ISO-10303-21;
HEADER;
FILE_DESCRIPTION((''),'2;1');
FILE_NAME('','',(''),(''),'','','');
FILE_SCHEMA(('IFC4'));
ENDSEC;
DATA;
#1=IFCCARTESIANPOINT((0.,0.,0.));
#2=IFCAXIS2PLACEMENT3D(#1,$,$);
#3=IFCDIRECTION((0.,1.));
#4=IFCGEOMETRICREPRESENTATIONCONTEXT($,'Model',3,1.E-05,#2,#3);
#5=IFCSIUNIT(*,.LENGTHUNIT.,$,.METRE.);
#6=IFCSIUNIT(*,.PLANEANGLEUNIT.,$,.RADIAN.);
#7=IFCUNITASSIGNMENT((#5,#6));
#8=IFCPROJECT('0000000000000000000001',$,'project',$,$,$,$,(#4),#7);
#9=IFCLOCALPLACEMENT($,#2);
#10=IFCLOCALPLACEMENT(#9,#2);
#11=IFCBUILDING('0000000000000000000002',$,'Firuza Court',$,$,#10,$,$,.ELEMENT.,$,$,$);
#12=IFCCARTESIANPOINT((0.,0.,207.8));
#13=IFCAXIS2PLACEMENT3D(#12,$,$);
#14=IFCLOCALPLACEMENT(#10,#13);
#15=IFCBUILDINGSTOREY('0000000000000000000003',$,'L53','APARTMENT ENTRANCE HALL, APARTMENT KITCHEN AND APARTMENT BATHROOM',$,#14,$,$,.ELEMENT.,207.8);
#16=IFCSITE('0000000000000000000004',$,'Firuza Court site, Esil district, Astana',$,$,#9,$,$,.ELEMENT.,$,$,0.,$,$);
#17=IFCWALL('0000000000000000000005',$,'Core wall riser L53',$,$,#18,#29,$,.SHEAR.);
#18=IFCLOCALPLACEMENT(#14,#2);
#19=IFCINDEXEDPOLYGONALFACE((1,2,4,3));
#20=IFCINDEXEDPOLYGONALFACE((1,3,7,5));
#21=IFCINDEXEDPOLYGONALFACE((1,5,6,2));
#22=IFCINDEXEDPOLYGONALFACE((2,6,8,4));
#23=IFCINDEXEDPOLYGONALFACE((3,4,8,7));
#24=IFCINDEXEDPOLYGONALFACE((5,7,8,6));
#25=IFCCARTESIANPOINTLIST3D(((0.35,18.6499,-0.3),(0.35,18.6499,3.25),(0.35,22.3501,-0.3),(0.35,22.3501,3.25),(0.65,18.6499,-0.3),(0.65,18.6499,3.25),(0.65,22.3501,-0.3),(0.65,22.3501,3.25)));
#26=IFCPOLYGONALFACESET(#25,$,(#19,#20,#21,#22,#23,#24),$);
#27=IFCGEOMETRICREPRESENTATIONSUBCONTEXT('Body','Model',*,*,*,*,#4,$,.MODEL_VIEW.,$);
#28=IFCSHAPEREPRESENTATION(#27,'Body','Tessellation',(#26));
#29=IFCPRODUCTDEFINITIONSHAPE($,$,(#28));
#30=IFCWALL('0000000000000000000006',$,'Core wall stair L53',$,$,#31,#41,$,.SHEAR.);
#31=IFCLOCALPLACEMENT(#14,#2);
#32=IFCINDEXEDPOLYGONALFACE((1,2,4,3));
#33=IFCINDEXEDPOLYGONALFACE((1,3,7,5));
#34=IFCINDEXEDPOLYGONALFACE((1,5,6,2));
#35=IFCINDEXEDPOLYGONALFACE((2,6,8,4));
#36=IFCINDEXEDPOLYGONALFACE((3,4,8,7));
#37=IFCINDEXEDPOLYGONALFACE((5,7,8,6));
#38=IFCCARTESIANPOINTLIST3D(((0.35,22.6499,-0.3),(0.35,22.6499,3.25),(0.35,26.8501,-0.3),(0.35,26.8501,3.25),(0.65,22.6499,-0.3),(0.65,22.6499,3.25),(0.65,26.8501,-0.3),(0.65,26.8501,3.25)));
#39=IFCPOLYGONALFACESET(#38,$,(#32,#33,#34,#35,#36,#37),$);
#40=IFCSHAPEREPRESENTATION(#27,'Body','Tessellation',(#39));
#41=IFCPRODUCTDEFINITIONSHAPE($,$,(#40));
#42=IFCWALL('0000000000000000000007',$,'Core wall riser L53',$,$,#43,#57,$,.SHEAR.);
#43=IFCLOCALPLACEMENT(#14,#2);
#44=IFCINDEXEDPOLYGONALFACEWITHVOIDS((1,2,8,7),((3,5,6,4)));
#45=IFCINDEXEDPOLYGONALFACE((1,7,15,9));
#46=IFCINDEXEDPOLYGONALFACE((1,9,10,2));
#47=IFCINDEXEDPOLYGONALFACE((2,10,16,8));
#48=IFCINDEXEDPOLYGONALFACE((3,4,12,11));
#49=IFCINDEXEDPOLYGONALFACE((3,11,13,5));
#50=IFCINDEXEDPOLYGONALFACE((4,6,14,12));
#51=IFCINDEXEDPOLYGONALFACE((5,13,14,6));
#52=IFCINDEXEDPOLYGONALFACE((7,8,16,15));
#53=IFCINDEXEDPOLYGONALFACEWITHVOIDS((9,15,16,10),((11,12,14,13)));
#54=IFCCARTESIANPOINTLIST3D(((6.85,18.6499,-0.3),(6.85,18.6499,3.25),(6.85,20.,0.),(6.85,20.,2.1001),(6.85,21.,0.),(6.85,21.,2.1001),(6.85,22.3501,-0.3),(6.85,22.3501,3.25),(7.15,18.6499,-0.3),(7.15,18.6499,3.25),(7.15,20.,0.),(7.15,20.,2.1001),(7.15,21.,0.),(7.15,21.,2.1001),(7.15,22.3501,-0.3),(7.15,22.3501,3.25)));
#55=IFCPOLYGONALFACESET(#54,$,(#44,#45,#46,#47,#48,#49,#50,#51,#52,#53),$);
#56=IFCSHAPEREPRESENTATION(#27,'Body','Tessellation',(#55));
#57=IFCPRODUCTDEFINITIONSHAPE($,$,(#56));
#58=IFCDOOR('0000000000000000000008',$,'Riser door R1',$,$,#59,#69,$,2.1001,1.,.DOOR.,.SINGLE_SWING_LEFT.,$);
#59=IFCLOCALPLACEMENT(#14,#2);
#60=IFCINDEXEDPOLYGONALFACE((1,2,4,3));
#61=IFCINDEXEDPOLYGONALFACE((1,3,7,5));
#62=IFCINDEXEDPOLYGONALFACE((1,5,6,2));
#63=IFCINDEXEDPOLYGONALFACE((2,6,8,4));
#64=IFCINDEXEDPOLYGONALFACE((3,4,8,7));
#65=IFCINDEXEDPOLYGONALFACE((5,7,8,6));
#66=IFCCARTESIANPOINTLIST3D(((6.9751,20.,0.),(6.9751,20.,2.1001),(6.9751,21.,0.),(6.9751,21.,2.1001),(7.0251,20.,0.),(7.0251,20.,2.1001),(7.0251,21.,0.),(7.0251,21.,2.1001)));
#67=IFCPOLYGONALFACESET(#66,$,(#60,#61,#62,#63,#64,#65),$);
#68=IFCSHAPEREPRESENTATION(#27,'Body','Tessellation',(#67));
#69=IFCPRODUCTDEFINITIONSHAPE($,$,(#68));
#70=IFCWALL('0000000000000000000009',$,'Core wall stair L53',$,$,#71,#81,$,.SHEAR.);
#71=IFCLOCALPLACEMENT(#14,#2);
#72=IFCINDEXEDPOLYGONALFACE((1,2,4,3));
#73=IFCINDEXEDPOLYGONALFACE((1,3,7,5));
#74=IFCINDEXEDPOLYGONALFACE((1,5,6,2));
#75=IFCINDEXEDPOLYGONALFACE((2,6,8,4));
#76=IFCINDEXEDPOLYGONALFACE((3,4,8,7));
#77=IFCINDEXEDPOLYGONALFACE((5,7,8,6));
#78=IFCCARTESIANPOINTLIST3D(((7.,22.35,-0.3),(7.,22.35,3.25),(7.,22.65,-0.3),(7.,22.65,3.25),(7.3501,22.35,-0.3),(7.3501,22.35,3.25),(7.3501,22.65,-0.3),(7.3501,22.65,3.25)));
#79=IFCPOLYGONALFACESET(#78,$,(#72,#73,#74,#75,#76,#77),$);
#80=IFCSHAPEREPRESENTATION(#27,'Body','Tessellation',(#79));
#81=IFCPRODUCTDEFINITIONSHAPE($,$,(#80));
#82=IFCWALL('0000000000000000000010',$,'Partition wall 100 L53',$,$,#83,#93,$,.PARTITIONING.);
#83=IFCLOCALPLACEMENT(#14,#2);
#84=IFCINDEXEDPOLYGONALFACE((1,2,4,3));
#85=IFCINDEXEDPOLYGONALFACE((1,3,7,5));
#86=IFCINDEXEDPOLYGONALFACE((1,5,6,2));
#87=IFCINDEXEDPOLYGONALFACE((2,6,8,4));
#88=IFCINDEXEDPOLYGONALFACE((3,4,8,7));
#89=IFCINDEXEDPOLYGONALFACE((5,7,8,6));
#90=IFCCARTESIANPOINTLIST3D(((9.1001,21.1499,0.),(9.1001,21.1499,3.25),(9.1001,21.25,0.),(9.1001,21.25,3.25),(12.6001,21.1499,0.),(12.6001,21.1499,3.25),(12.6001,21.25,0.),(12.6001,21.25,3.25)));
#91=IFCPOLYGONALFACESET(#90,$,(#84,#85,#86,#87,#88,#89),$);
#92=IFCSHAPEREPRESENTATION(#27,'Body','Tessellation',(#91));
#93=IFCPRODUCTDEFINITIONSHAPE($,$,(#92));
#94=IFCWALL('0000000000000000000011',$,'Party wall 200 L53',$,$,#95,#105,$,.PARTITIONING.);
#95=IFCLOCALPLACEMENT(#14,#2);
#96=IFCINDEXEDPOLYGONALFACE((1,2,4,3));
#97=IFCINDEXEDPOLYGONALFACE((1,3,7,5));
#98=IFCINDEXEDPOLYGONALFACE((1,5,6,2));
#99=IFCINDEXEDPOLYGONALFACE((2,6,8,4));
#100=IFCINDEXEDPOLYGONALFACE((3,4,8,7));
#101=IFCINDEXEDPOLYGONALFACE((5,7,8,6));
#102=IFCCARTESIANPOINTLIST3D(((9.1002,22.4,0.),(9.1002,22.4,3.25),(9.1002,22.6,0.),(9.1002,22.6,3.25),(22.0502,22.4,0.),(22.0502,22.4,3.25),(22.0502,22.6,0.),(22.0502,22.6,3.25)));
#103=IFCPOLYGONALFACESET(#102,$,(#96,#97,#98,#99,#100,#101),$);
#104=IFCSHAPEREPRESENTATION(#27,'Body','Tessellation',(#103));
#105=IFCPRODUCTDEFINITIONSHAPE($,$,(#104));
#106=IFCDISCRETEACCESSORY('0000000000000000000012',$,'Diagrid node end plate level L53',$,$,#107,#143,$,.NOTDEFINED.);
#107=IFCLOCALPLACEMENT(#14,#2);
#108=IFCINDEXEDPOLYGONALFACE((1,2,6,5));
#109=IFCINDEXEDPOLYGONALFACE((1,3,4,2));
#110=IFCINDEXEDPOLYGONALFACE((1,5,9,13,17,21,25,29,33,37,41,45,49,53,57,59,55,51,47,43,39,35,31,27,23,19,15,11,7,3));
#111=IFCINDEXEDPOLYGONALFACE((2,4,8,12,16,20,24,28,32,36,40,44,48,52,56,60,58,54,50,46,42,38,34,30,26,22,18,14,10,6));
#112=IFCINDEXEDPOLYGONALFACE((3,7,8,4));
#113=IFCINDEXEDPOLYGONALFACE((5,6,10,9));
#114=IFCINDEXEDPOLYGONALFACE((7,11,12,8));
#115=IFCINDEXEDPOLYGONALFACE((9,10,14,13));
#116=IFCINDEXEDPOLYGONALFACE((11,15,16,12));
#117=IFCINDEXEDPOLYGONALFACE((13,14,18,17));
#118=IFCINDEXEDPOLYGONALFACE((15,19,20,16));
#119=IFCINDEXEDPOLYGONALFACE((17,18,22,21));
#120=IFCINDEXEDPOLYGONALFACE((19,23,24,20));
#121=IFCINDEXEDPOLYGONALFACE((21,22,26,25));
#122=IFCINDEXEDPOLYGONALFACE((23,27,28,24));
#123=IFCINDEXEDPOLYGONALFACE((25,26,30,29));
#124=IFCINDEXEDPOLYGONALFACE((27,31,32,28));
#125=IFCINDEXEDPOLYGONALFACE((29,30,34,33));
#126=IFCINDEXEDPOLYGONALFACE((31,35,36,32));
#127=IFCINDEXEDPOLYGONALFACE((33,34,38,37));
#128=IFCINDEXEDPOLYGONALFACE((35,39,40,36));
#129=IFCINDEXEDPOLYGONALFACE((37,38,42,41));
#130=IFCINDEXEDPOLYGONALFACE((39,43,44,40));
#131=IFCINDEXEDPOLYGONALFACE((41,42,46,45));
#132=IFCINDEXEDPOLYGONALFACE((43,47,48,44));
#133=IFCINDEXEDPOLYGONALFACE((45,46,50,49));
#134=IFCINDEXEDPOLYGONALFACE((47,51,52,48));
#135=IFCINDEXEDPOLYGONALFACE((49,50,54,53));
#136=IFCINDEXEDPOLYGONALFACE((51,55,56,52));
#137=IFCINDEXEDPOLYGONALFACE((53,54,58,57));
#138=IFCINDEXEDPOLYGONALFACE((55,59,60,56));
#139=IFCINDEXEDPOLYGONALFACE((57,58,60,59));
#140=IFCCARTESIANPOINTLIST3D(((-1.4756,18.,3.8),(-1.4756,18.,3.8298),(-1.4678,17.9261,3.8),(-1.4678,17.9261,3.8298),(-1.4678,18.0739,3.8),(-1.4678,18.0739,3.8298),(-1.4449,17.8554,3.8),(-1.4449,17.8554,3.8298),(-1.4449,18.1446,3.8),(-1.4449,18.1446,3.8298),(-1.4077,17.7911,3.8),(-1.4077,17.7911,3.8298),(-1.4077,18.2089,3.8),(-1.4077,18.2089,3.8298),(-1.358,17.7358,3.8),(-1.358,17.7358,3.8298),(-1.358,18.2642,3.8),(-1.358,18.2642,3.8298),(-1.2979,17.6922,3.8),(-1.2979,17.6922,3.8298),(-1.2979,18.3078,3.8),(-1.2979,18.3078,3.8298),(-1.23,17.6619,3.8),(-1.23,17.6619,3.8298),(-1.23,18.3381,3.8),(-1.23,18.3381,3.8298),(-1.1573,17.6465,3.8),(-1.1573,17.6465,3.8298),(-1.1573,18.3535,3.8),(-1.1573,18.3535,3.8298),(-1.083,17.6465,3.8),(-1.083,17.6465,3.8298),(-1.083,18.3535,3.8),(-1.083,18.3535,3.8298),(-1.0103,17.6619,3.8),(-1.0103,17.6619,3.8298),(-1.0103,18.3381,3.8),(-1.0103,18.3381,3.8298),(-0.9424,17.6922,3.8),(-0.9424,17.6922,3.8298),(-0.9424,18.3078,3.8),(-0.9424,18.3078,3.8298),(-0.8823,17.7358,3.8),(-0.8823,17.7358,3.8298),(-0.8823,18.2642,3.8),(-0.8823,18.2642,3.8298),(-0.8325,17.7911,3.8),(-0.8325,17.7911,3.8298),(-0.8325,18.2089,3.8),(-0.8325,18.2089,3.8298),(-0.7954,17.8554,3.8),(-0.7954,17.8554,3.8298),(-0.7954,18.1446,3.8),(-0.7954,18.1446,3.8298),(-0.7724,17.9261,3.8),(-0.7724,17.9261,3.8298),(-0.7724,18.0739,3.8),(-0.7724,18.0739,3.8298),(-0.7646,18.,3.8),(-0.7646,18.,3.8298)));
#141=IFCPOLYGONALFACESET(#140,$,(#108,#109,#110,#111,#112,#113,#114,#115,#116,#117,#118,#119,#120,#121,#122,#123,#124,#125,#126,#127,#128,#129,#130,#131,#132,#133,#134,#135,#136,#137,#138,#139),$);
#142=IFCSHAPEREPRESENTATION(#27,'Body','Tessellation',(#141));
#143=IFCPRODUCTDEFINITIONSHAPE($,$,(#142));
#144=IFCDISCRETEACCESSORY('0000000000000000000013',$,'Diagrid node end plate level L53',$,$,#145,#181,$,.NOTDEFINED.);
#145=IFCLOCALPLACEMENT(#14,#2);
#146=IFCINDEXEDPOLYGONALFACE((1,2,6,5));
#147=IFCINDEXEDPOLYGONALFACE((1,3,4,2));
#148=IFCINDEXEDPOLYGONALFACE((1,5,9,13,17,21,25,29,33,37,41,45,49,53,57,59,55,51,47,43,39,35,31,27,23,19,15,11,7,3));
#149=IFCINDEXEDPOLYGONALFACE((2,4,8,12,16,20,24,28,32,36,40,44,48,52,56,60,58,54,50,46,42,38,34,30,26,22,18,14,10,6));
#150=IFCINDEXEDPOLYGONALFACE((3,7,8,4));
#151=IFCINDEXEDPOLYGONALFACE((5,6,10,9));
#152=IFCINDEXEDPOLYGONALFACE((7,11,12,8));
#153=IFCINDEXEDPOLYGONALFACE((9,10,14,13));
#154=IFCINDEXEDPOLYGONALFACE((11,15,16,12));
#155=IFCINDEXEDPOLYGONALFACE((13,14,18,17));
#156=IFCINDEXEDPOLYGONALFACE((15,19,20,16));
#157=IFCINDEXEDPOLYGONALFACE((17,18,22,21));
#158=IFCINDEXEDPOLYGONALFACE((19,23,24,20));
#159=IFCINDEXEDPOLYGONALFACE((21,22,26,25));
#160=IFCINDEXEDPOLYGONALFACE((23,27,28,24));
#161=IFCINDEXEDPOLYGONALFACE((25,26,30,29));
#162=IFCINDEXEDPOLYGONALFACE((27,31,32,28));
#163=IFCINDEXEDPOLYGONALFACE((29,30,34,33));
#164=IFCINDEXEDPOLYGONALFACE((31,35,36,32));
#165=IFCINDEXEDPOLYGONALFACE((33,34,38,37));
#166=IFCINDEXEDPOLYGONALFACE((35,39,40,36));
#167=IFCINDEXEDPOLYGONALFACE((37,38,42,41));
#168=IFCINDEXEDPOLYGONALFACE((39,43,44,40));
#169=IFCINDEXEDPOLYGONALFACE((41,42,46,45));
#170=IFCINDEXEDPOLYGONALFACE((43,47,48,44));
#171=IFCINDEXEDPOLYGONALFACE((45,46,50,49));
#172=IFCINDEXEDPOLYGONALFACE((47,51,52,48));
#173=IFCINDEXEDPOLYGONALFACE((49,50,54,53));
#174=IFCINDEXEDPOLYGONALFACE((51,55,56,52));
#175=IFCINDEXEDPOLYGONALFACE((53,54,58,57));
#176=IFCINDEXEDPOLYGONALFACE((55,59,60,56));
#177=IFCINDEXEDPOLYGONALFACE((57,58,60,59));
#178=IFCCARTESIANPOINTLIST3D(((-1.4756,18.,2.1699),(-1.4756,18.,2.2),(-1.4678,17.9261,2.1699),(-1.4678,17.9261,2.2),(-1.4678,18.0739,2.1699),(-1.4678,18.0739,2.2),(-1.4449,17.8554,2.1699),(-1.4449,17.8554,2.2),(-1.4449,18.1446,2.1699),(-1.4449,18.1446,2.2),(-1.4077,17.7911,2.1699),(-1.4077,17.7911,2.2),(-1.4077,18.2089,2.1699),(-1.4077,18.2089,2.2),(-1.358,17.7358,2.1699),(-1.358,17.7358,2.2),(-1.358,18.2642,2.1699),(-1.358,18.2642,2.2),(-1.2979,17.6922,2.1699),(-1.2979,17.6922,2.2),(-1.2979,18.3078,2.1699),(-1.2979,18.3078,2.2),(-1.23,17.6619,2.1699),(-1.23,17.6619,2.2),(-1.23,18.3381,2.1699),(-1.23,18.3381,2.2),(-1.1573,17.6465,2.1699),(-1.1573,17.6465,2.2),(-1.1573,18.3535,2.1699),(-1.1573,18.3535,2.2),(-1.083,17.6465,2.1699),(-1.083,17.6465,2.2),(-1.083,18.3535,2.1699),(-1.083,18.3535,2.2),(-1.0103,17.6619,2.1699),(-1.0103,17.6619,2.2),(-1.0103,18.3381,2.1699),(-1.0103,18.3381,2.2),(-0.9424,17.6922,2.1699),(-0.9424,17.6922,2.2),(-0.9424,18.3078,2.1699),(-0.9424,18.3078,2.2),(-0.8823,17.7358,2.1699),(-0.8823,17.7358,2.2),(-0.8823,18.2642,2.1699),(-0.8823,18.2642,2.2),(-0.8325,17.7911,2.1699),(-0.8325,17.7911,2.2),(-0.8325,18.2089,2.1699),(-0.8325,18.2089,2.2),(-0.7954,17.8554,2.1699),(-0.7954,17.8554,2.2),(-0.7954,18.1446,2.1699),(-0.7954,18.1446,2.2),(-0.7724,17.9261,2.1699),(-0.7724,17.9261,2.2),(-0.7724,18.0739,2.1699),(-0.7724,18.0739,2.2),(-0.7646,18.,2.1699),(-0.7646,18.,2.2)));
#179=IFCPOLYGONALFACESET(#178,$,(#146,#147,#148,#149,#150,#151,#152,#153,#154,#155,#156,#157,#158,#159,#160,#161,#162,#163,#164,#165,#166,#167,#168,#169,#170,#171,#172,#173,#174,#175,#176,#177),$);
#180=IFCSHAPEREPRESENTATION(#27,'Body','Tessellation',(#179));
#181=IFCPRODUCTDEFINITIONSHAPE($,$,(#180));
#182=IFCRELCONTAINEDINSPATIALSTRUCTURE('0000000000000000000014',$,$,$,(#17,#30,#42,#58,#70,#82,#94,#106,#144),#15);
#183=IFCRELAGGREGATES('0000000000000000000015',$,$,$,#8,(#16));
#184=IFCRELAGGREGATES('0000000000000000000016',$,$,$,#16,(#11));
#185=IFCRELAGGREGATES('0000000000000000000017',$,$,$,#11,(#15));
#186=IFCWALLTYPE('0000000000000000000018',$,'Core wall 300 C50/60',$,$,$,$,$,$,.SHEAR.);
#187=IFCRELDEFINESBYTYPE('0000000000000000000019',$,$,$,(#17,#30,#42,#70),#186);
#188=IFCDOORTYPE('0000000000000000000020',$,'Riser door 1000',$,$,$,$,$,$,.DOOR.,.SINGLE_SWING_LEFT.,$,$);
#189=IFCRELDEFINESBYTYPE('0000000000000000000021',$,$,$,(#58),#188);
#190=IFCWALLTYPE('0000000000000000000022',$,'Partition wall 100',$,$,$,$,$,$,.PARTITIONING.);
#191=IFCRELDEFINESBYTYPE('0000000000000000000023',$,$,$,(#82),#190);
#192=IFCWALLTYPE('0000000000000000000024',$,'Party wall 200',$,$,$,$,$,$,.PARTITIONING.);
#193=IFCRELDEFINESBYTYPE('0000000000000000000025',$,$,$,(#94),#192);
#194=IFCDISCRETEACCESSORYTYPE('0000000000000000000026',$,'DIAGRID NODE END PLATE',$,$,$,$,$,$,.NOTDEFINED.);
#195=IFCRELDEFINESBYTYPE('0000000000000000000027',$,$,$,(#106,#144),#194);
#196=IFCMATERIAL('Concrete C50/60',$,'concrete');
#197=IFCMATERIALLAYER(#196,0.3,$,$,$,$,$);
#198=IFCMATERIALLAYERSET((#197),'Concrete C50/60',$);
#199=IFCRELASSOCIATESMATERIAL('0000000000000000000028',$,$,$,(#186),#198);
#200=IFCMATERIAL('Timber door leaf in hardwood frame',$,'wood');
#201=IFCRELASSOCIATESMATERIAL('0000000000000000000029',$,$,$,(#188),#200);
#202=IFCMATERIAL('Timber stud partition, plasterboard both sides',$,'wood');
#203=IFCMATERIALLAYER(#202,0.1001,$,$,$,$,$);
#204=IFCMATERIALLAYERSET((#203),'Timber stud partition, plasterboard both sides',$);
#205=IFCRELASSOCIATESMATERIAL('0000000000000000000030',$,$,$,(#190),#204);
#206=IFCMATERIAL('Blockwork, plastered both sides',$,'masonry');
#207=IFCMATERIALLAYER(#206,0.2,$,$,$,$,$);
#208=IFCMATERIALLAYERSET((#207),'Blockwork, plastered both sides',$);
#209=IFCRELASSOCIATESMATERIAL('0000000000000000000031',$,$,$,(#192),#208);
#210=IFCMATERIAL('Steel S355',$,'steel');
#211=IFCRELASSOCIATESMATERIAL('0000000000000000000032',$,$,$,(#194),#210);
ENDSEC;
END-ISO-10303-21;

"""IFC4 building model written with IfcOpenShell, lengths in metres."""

from ifc_helpers import new_model, si_unit, direction, frame, frame_2d, origin, origin_2d, place, context, subcontext, project, spatial, rectangle, circle, extrude, material, layer, layer_set, material_profile, profile_set, type_object, element, fill, save


model = new_model("IFC4")

# Units and contexts
model_context = context("Model", 3, precision=1e-05, world=origin(), true_north=direction((0.0, 1.0)))
body_context = subcontext(model_context, "Body", "Model", "MODEL_VIEW")
ifc_project = project(units=[si_unit("LENGTHUNIT", "METRE"), si_unit("PLANEANGLEUNIT", "RADIAN")], contexts=[model_context])

# Site, building, storey
site_placement = place(None, origin())
site = spatial("IfcSite", under=ifc_project, at=site_placement, Name="Firuza Court site, Esil district, Astana", CompositionType="ELEMENT", RefElevation=0.0)
building_placement = place(site_placement, origin())
building = spatial("IfcBuilding", under=site, at=building_placement, Name="Firuza Court", CompositionType="ELEMENT")
storey_placement = place(building_placement, frame((0.0, 0.0, 207.8)))
storey = spatial("IfcBuildingStorey", under=building, at=storey_placement, Name="L53", Description="APARTMENT ENTRANCE HALL, APARTMENT KITCHEN AND APARTMENT BATHROOM", CompositionType="ELEMENT", Elevation=207.8)

# Walls
ifc_material_1 = material(Name="Concrete C50/60", Category="concrete")
ifc_layer_1 = layer(ifc_material_1, 0.3)
ifc_layer_set_1 = layer_set([ifc_layer_1], Name="Concrete C50/60")
wall_type_1 = type_object("IfcWallType", Name="Core wall 300 C50/60", PredefinedType="SHEAR", material=ifc_layer_set_1)
wall_1_placement = place(storey_placement, frame((0.5, 18.6499, -0.3), z_axis=(0.0, 0.0, 1.0), x_axis=(0.0, 1.0, 0.0)))
element("IfcWall", 1, at=wall_1_placement, inside=storey, type_object=wall_type_1, Name="Core wall riser L53", PredefinedType="SHEAR", context=body_context, shape_type="SweptSolid", body=[
    extrude(rectangle(XDim=3.7002, YDim=0.3, at=frame_2d((1.8501, 0.0))), origin(), (0.0, 0.0, 1.0), 3.55),
])
wall_2_placement = place(storey_placement, frame((0.5, 22.6499, -0.3), z_axis=(0.0, 0.0, 1.0), x_axis=(0.0, 1.0, 0.0)))
element("IfcWall", 2, at=wall_2_placement, inside=storey, type_object=wall_type_1, Name="Core wall stair L53", PredefinedType="SHEAR", context=body_context, shape_type="SweptSolid", body=[
    extrude(rectangle(XDim=4.2002, YDim=0.3, at=frame_2d((2.1001, 0.0))), origin(), (0.0, 0.0, 1.0), 3.55),
])

# Wall, opening, door
wall_3_placement = place(storey_placement, frame((7.0, 18.6499, -0.3), z_axis=(0.0, 0.0, 1.0), x_axis=(0.0, 1.0, 0.0)))
wall_3 = element("IfcWall", 3, at=wall_3_placement, inside=storey, type_object=wall_type_1, Name="Core wall riser L53", PredefinedType="SHEAR", context=body_context, shape_type="SweptSolid", body=[
    extrude(rectangle(XDim=3.7002, YDim=0.3, at=frame_2d((1.8501, 0.0))), origin(), (0.0, 0.0, 1.0), 3.55),
])
opening_placement = place(wall_3_placement, frame((1.3501, 0.0, 0.3)))
opening = element("IfcOpeningElement", 4, at=opening_placement, cuts=wall_3, PredefinedType="OPENING", context=body_context, shape_type="SweptSolid", body=[
    extrude(rectangle(XDim=1.0, YDim=2.1001, at=frame_2d((0.5, 1.05))), frame((0.0, 0.1621, 0.0), z_axis=(0.0, -1.0, 0.0), x_axis=(1.0, 0.0, 0.0)), (0.0, 0.0, 1.0), 0.324),
])
ifc_material_2 = material(Name="Timber door leaf in hardwood frame", Category="wood")
door_type = type_object("IfcDoorType", Name="Riser door 1000", OperationType="SINGLE_SWING_LEFT", PredefinedType="DOOR", material=ifc_material_2)
door_placement = place(opening_placement, origin())
door = element("IfcDoor", 5, at=door_placement, inside=storey, type_object=door_type, Name="Riser door R1", OperationType="SINGLE_SWING_LEFT", OverallHeight=2.1001, OverallWidth=1.0, PredefinedType="DOOR", context=body_context, shape_type="SweptSolid", body=[
    extrude(rectangle(XDim=1.0, YDim=2.1001, at=frame_2d((0.5, 1.05))), frame((0.0, 0.0249, 0.0), z_axis=(0.0, -1.0, 0.0), x_axis=(1.0, 0.0, 0.0)), (0.0, 0.0, 1.0), 0.05),
])
fill(opening, door)

# Walls
wall_4_placement = place(storey_placement, frame((7.0, 22.5, -0.3), z_axis=(0.0, 0.0, 1.0), x_axis=(1.0, 0.0, 0.0)))
element("IfcWall", 6, at=wall_4_placement, inside=storey, type_object=wall_type_1, Name="Core wall stair L53", PredefinedType="SHEAR", context=body_context, shape_type="SweptSolid", body=[
    extrude(rectangle(XDim=0.3501, YDim=0.3, at=frame_2d((0.175, 0.0))), origin(), (0.0, 0.0, 1.0), 3.55),
])
ifc_material_3 = material(Name="Timber stud partition, plasterboard both sides", Category="wood")
ifc_layer_2 = layer(ifc_material_3, 0.1001)
ifc_layer_set_2 = layer_set([ifc_layer_2], Name="Timber stud partition, plasterboard both sides")
wall_type_2 = type_object("IfcWallType", Name="Partition wall 100", PredefinedType="PARTITIONING", material=ifc_layer_set_2)
wall_5_placement = place(storey_placement, frame((9.1001, 21.2, 0.0), z_axis=(0.0, 0.0, 1.0), x_axis=(1.0, 0.0, 0.0)))
element("IfcWall", 7, at=wall_5_placement, inside=storey, type_object=wall_type_2, Name="Partition wall 100 L53", PredefinedType="PARTITIONING", context=body_context, shape_type="SweptSolid", body=[
    extrude(rectangle(XDim=3.5, YDim=0.1001, at=frame_2d((1.75, 0.0))), origin(), (0.0, 0.0, 1.0), 3.25),
])
ifc_material_4 = material(Name="Blockwork, plastered both sides", Category="masonry")
ifc_layer_3 = layer(ifc_material_4, 0.2)
ifc_layer_set_3 = layer_set([ifc_layer_3], Name="Blockwork, plastered both sides")
wall_type_3 = type_object("IfcWallType", Name="Party wall 200", PredefinedType="PARTITIONING", material=ifc_layer_set_3)
wall_6_placement = place(storey_placement, frame((9.1001, 22.5, 0.0), z_axis=(0.0, 0.0, 1.0), x_axis=(1.0, 0.0, 0.0)))
element("IfcWall", 8, at=wall_6_placement, inside=storey, type_object=wall_type_3, Name="Party wall 200 L53", PredefinedType="PARTITIONING", context=body_context, shape_type="SweptSolid", body=[
    extrude(rectangle(XDim=12.95, YDim=0.2, at=frame_2d((6.4751, 0.0))), origin(), (0.0, 0.0, 1.0), 3.25),
])

# Discrete accessories
ifc_material_5 = material(Name="Steel S355", Category="steel")
ifc_material_profile_1 = material_profile(ifc_material_5, circle(Radius=0.3555, at=origin_2d()), Name="PL D711")
ifc_profile_set_1 = profile_set([ifc_material_profile_1], Name="Steel S355")
discrete_accessory_type = type_object("IfcDiscreteAccessoryType", Name="DIAGRID NODE END PLATE", PredefinedType="NOTDEFINED", material=ifc_profile_set_1)
discrete_accessory_1_placement = place(storey_placement, frame((-1.1201, 18.0, 3.8), z_axis=(0.0, 0.0, 1.0), x_axis=(1.0, 0.0, 0.0)))
element("IfcDiscreteAccessory", 9, at=discrete_accessory_1_placement, inside=storey, type_object=discrete_accessory_type, Name="Diagrid node end plate level L53", PredefinedType="NOTDEFINED", context=body_context, shape_type="SweptSolid", body=[
    extrude(circle(Radius=0.3555, at=origin_2d()), origin(), (0.0, 0.0, 1.0), 0.0298),
])
discrete_accessory_2_placement = place(storey_placement, frame((-1.1201, 18.0, 2.1699), z_axis=(0.0, 0.0, 1.0), x_axis=(1.0, 0.0, 0.0)))
element("IfcDiscreteAccessory", 10, at=discrete_accessory_2_placement, inside=storey, type_object=discrete_accessory_type, Name="Diagrid node end plate level L53", PredefinedType="NOTDEFINED", context=body_context, shape_type="SweptSolid", body=[
    extrude(circle(Radius=0.3555, at=origin_2d()), origin(), (0.0, 0.0, 1.0), 0.03),
])

save(model, "model.ifc")
